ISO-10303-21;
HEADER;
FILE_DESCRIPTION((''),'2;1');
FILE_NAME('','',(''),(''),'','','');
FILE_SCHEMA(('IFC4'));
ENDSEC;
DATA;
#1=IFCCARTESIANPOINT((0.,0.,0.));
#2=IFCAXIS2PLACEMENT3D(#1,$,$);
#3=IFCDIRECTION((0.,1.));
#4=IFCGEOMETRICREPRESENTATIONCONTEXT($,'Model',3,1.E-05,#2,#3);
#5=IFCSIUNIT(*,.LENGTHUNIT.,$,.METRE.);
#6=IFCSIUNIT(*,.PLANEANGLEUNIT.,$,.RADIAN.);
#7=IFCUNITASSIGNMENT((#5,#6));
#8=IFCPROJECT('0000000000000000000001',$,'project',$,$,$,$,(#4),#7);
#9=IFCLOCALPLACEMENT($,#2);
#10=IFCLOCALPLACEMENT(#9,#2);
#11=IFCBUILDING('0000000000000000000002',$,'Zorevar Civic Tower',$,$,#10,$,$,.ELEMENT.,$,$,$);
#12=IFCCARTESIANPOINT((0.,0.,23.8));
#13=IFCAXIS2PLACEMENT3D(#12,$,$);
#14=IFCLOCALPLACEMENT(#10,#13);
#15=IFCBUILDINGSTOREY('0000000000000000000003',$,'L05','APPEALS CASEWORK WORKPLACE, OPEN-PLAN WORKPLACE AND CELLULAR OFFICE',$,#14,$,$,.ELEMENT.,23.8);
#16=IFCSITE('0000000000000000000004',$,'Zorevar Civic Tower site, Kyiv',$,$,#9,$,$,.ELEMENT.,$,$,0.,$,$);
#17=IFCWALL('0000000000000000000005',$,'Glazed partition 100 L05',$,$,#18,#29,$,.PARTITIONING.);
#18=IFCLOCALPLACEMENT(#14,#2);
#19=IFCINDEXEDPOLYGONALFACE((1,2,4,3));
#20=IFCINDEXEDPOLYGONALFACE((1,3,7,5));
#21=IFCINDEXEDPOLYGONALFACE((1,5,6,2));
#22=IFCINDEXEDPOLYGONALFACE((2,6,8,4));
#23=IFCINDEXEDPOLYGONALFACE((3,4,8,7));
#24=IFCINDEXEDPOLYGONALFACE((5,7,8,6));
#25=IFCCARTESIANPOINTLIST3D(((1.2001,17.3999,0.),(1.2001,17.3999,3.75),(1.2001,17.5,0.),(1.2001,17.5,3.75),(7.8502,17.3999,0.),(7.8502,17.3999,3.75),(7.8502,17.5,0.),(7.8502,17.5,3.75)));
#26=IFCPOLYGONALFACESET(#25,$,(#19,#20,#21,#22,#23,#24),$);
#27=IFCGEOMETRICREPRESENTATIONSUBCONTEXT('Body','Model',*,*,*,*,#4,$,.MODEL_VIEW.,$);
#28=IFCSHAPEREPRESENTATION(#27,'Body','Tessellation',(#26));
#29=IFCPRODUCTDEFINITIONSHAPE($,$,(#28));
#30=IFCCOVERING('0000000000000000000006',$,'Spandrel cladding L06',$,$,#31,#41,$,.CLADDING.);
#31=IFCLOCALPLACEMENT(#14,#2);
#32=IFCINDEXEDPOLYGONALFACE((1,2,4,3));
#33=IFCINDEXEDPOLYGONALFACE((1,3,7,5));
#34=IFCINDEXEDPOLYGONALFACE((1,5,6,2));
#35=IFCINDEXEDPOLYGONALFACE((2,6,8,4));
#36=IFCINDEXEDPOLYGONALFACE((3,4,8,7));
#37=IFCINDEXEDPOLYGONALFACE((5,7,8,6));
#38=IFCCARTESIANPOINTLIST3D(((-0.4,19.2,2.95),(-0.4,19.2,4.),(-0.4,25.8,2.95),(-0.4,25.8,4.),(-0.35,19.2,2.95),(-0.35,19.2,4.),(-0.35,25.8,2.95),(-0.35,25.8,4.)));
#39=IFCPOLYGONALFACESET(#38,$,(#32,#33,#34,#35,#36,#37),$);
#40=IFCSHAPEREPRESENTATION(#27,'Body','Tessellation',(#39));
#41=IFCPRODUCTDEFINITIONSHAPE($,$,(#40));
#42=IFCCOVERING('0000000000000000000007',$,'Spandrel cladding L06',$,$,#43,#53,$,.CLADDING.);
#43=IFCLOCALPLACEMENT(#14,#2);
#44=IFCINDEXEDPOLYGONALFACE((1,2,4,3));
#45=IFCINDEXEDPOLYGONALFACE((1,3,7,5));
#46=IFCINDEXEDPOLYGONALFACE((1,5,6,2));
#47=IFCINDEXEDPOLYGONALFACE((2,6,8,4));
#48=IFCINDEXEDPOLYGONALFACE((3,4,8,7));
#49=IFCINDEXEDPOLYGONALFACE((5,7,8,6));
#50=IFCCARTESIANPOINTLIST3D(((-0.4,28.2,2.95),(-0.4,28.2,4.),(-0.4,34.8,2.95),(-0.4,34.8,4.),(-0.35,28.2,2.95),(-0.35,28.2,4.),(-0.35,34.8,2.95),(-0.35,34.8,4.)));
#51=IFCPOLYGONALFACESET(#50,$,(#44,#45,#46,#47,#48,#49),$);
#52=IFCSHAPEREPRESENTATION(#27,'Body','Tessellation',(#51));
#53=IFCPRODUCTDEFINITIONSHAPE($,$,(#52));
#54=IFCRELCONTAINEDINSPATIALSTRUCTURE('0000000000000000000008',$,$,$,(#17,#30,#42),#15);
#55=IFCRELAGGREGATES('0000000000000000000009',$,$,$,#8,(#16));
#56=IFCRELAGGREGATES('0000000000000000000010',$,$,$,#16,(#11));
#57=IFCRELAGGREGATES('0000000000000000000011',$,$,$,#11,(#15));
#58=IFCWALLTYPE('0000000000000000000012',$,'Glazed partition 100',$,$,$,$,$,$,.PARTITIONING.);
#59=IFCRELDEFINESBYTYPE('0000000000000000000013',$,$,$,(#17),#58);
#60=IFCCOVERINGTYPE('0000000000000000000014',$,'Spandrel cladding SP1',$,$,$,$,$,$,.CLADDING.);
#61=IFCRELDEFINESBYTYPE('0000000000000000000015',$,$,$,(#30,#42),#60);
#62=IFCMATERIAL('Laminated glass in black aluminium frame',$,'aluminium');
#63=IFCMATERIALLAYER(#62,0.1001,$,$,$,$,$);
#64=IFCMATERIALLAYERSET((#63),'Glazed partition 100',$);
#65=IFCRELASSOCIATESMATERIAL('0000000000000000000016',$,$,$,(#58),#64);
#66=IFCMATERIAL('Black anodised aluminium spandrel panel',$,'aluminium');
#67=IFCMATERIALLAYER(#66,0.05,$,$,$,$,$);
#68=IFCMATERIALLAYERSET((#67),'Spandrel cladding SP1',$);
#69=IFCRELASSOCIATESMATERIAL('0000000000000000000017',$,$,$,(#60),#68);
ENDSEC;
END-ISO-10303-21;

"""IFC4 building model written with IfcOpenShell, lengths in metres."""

from ifc_helpers import new_model, si_unit, direction, frame, frame_2d, origin, place, context, subcontext, project, spatial, rectangle, extrude, material, layer, layer_set, type_object, element, save


model = new_model("IFC4")

# Units and contexts
model_context = context("Model", 3, precision=1e-05, world=origin(), true_north=direction((0.0, 1.0)))
body_context = subcontext(model_context, "Body", "Model", "MODEL_VIEW")
ifc_project = project(units=[si_unit("LENGTHUNIT", "METRE"), si_unit("PLANEANGLEUNIT", "RADIAN")], contexts=[model_context])

# Site, building, storey
site_placement = place(None, origin())
site = spatial("IfcSite", under=ifc_project, at=site_placement, Name="Zorevar Civic Tower site, Kyiv", CompositionType="ELEMENT", RefElevation=0.0)
building_placement = place(site_placement, origin())
building = spatial("IfcBuilding", under=site, at=building_placement, Name="Zorevar Civic Tower", CompositionType="ELEMENT")
storey_placement = place(building_placement, frame((0.0, 0.0, 23.8)))
storey = spatial("IfcBuildingStorey", under=building, at=storey_placement, Name="L05", Description="APPEALS CASEWORK WORKPLACE, OPEN-PLAN WORKPLACE AND CELLULAR OFFICE", CompositionType="ELEMENT", Elevation=23.8)

# Wall
ifc_material_1 = material(Name="Laminated glass in black aluminium frame", Category="aluminium")
ifc_layer_1 = layer(ifc_material_1, 0.1001)
ifc_layer_set_1 = layer_set([ifc_layer_1], Name="Glazed partition 100")
wall_type = type_object("IfcWallType", Name="Glazed partition 100", PredefinedType="PARTITIONING", material=ifc_layer_set_1)
wall_placement = place(storey_placement, frame((1.2, 17.45, 0.0), z_axis=(0.0, 0.0, 1.0), x_axis=(1.0, 0.0, 0.0)))
element("IfcWall", 1, at=wall_placement, inside=storey, type_object=wall_type, Name="Glazed partition 100 L05", PredefinedType="PARTITIONING", context=body_context, shape_type="SweptSolid", body=[
    extrude(rectangle(XDim=6.6501, YDim=0.1001, at=frame_2d((3.3252, 0.0))), origin(), (0.0, 0.0, 1.0), 3.75),
])

# Coverings
ifc_material_2 = material(Name="Black anodised aluminium spandrel panel", Category="aluminium")
ifc_layer_2 = layer(ifc_material_2, 0.05)
ifc_layer_set_2 = layer_set([ifc_layer_2], Name="Spandrel cladding SP1")
covering_type = type_object("IfcCoveringType", Name="Spandrel cladding SP1", PredefinedType="CLADDING", material=ifc_layer_set_2)
for number, where, z_axis, x_axis, name in (
    (2, (-0.375, 19.2, 2.95), (0.0, 0.0, 1.0), (0.0, 1.0, 0.0), "Spandrel cladding L06"),
    (3, (-0.375, 28.2, 2.95), (0.0, 0.0, 1.0), (0.0, 1.0, 0.0), "Spandrel cladding L06"),
):
    element("IfcCovering", number, at=place(storey_placement, frame(where, z_axis=z_axis, x_axis=x_axis)), inside=storey, type_object=covering_type, Name=name, PredefinedType="CLADDING", context=body_context, shape_type="SweptSolid", body=[
        extrude(rectangle(XDim=6.6001, YDim=0.05, at=frame_2d((3.3, 0.0))), origin(), (0.0, 0.0, 1.0), 1.05),
    ])

save(model, "model.ifc")
